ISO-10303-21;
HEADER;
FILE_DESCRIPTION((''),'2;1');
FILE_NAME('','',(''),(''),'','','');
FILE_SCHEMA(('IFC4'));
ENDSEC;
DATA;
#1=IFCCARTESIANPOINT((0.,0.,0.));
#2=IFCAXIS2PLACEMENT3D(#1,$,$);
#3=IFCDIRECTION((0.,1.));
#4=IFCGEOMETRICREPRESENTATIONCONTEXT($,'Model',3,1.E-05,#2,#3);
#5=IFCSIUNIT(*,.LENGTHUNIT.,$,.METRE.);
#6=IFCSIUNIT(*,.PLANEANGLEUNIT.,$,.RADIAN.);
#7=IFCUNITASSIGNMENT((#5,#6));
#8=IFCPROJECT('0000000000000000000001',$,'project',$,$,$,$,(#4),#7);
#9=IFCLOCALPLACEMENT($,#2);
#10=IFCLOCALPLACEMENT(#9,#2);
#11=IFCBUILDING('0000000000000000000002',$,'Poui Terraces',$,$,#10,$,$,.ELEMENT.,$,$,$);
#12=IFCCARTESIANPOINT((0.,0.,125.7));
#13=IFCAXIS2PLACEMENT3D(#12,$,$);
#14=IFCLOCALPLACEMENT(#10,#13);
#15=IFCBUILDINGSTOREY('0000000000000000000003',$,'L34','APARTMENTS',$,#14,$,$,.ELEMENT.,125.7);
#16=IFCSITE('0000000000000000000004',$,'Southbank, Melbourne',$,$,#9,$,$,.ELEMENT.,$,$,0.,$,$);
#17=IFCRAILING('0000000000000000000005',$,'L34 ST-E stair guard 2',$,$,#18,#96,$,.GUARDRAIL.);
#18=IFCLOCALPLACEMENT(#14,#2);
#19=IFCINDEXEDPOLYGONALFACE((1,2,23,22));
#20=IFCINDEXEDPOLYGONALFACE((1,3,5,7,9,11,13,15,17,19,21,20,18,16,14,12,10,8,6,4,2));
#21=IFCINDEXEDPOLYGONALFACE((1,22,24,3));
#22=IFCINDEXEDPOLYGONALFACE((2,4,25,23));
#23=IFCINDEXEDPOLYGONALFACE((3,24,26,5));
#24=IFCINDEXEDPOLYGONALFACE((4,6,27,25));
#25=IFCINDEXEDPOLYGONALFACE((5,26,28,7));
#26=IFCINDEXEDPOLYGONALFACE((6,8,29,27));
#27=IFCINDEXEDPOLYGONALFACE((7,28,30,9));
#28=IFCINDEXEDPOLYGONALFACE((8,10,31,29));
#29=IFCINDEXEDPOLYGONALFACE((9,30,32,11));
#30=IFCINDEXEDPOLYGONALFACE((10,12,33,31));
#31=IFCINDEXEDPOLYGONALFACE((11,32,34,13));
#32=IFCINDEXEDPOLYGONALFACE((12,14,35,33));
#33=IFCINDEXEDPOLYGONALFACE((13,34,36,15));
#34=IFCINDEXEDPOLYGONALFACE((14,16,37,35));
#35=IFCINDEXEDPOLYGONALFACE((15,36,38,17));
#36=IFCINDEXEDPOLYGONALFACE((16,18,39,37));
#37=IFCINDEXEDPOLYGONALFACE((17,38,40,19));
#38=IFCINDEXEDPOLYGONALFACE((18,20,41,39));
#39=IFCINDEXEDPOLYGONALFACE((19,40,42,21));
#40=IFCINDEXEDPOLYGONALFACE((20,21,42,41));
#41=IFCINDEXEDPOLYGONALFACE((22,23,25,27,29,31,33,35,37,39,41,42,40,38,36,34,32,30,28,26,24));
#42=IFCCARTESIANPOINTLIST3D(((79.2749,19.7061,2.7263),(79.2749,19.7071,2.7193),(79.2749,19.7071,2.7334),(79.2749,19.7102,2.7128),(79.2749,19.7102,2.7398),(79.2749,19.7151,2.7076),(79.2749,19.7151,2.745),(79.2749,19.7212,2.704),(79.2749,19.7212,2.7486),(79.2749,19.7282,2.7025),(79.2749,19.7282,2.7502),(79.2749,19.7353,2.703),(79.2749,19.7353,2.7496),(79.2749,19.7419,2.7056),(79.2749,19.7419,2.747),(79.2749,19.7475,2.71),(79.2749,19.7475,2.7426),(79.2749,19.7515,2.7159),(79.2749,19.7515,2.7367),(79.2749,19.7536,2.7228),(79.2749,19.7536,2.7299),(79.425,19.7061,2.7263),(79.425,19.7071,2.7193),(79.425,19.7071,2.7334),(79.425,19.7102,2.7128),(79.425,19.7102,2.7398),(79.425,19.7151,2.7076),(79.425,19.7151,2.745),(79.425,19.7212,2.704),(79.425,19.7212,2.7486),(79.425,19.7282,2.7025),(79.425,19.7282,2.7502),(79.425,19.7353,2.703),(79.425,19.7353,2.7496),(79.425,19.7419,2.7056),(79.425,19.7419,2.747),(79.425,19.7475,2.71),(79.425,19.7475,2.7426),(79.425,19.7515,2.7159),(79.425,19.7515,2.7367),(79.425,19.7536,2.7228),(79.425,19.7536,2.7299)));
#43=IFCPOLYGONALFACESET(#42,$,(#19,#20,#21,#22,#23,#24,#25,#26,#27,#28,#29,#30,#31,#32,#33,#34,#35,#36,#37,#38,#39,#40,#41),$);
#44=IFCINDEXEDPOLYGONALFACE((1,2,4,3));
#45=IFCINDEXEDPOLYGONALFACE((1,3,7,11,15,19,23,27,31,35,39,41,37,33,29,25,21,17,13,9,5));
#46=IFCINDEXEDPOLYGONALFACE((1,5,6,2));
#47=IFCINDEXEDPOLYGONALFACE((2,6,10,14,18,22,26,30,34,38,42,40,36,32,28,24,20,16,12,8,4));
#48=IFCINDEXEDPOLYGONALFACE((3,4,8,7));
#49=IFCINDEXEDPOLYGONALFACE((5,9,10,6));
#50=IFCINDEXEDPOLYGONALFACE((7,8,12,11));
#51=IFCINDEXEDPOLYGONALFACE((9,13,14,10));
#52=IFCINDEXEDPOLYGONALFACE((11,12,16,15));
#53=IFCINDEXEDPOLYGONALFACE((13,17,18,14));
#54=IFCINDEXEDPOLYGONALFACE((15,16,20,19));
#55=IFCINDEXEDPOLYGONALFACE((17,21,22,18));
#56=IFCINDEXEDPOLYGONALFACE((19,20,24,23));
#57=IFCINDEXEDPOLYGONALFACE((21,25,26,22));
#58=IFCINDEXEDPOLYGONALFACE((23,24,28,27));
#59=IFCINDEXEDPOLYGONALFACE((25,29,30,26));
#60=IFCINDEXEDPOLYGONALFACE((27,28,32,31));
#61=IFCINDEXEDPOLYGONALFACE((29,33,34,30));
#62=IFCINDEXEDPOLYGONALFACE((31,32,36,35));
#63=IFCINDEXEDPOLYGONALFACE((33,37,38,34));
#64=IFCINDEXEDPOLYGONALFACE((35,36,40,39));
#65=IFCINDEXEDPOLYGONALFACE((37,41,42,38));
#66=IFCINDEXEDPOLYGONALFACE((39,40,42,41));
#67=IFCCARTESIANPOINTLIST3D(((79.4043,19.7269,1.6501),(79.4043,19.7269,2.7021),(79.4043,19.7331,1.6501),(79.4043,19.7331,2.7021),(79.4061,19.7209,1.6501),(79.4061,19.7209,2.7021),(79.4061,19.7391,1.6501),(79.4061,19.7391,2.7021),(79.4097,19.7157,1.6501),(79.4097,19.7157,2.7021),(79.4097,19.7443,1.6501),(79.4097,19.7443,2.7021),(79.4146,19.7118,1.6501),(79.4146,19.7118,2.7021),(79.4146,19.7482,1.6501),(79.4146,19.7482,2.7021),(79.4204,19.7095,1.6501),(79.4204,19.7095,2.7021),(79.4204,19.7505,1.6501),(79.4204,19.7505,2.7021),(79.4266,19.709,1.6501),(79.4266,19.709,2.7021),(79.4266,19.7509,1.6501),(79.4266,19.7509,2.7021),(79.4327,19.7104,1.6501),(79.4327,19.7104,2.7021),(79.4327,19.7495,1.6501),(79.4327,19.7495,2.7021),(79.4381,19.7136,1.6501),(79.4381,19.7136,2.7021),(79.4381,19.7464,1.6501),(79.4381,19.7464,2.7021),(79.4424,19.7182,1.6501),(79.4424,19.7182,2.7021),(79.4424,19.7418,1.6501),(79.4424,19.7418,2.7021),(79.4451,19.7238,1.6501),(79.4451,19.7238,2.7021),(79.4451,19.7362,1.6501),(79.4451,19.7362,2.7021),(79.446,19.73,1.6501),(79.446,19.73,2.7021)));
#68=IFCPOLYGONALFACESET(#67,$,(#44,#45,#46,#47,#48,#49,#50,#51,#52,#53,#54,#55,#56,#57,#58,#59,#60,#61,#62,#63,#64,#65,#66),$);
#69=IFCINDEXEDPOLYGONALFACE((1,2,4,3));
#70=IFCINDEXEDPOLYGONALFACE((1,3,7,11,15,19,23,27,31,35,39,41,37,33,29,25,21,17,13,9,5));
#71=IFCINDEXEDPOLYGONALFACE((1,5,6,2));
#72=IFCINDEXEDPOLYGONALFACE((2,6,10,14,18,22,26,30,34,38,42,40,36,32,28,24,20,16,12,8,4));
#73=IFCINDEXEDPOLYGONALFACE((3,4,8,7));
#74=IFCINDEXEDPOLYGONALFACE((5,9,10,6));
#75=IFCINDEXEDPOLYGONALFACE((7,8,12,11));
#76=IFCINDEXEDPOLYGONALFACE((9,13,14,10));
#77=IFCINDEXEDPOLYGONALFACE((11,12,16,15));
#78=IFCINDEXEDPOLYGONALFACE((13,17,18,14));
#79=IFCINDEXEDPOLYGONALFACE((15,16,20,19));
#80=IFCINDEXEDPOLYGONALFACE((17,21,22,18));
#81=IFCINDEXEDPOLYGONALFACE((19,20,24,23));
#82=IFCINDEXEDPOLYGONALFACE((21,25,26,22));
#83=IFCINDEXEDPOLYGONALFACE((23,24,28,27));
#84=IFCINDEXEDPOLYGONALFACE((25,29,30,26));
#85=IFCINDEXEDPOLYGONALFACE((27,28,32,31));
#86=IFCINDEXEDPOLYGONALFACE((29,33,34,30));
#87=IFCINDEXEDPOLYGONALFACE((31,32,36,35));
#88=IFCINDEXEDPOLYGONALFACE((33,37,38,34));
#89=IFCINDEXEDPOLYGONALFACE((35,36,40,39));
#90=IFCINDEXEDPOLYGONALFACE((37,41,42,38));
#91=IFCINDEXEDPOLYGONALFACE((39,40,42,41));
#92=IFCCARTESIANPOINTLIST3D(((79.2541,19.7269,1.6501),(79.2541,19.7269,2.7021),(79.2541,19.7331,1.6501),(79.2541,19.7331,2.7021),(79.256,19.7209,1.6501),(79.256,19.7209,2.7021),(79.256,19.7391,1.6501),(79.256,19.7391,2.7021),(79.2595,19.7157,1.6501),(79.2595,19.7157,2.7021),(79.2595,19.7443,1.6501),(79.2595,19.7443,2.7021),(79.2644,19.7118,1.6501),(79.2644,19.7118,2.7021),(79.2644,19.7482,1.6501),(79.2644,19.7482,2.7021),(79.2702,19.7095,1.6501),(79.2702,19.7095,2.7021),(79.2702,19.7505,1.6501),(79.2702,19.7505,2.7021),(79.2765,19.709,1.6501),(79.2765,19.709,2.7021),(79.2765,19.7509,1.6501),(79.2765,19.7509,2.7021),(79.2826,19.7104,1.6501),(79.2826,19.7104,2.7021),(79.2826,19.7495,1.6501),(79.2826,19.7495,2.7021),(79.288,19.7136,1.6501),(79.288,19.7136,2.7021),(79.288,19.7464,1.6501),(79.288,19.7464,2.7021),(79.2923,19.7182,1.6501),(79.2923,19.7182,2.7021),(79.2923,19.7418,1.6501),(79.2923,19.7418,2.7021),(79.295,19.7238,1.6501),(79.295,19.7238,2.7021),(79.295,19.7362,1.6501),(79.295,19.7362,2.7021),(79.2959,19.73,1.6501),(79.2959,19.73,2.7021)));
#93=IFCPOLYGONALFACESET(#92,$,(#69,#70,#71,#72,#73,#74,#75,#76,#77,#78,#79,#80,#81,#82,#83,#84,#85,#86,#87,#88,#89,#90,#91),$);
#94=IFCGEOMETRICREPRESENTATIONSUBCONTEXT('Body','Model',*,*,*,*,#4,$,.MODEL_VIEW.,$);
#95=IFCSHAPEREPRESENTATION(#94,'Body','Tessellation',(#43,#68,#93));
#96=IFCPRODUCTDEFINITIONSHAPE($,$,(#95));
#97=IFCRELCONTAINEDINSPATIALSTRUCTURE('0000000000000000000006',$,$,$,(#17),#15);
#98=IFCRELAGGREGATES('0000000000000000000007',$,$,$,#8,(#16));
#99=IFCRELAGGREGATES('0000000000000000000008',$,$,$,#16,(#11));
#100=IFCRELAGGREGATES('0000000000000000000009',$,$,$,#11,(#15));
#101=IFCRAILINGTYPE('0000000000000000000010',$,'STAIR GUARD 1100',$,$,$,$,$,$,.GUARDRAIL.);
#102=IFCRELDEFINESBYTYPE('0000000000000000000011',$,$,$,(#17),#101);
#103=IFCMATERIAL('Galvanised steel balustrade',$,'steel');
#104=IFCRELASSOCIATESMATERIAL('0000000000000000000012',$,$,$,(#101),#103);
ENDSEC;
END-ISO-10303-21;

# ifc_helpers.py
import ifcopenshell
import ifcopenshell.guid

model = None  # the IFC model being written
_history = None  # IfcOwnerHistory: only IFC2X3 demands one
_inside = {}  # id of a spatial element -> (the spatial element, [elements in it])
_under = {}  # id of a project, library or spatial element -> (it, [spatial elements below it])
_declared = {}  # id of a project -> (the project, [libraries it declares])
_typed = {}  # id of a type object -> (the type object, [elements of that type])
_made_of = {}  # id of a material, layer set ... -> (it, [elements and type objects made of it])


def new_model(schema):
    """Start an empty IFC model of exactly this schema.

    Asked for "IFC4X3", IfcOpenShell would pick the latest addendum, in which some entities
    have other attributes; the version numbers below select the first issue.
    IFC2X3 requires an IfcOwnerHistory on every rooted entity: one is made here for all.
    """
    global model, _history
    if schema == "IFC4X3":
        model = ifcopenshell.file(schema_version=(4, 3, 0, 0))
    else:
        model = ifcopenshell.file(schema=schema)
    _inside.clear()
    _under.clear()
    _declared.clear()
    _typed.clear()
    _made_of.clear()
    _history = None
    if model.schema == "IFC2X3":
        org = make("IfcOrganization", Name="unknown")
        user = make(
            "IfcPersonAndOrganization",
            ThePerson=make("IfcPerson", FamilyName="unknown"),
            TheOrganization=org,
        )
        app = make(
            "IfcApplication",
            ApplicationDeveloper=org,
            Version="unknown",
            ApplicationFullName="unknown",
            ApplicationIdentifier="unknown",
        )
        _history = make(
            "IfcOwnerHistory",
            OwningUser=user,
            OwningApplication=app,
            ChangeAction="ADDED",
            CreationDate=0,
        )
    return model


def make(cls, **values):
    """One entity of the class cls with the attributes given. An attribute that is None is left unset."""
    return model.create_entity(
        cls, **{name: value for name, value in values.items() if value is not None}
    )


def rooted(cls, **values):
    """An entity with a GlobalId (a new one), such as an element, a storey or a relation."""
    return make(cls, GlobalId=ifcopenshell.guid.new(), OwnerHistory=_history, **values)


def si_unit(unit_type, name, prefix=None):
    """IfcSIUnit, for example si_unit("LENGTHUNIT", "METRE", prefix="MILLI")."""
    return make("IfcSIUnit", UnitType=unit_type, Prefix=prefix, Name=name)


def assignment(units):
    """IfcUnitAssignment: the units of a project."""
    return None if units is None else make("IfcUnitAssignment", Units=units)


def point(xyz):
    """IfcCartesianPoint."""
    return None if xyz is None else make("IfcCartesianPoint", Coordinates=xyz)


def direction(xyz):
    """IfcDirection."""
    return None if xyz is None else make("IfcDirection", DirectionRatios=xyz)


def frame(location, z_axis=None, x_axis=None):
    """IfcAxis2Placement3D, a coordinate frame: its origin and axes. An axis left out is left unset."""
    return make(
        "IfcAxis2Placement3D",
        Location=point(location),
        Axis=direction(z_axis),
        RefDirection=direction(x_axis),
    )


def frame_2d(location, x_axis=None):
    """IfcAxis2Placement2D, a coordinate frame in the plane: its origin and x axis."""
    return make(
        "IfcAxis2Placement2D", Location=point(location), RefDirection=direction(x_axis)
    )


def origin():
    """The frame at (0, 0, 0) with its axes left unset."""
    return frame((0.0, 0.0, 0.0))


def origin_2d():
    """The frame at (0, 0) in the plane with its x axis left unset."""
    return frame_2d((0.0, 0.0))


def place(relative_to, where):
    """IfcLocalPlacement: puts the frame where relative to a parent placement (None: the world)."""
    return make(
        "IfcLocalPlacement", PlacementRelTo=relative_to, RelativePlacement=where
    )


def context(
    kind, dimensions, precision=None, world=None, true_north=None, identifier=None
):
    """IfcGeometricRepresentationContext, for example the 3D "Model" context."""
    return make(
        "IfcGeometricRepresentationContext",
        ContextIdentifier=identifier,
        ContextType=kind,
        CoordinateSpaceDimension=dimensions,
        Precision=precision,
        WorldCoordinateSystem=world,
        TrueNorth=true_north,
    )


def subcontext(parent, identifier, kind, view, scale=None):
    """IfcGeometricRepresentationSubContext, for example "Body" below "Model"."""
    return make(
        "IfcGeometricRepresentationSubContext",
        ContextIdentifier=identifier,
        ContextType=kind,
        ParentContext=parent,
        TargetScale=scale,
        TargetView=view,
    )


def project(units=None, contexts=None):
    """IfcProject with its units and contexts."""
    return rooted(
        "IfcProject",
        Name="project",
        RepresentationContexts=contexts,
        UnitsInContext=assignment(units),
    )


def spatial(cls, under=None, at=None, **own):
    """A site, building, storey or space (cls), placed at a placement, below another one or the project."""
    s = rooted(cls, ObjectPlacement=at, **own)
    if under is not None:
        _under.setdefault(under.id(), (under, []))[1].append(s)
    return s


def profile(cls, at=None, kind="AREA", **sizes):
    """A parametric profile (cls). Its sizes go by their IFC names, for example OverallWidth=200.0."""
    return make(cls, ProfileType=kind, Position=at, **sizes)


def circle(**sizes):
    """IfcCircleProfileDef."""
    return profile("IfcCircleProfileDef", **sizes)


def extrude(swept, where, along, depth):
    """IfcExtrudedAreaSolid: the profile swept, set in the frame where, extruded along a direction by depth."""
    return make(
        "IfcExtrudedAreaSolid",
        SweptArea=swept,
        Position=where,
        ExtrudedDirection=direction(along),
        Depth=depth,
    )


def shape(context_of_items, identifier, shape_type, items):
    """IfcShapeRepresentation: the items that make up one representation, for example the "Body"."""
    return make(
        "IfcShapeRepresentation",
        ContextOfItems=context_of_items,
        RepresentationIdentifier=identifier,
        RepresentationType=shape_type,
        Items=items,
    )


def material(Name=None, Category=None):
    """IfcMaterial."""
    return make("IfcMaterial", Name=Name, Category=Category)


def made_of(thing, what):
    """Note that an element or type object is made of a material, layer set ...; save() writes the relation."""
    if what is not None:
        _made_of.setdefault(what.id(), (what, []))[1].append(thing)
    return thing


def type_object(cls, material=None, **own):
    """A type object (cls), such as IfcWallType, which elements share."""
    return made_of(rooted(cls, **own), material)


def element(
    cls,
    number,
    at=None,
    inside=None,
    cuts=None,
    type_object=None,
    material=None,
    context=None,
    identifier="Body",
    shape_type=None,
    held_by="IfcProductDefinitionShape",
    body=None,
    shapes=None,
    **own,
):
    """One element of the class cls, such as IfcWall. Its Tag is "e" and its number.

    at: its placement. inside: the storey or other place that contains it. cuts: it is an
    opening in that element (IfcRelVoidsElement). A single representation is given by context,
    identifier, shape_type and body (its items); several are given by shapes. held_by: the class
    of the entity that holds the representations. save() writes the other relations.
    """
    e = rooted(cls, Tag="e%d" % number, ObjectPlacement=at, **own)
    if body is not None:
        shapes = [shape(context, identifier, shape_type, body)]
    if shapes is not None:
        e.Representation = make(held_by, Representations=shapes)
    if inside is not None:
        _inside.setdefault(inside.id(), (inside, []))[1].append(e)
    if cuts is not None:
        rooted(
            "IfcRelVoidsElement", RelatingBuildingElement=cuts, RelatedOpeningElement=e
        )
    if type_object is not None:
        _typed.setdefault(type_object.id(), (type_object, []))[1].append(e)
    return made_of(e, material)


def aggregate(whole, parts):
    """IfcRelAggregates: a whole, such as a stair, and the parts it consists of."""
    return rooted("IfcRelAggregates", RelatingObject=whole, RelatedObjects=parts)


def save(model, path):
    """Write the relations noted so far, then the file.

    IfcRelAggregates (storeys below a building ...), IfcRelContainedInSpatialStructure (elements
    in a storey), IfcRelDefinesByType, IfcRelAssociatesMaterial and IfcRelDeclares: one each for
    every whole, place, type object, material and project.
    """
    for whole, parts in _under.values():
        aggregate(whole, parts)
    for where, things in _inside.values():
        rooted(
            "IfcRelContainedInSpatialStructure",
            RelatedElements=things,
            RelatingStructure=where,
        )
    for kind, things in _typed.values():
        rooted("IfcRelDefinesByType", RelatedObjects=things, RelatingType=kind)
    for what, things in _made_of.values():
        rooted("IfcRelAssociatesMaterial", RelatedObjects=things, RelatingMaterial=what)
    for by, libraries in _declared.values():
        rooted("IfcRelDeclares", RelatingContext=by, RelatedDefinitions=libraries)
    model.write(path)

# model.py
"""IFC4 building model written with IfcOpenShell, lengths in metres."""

from ifc_helpers import new_model, si_unit, direction, frame, origin, origin_2d, place, context, subcontext, project, spatial, circle, extrude, material, type_object, element, save


model = new_model("IFC4")

# Units and contexts
model_context = context("Model", 3, precision=1e-05, world=origin(), true_north=direction((0.0, 1.0)))
body_context = subcontext(model_context, "Body", "Model", "MODEL_VIEW")
ifc_project = project(units=[si_unit("LENGTHUNIT", "METRE"), si_unit("PLANEANGLEUNIT", "RADIAN")], contexts=[model_context])

# Site, building, storey
site_placement = place(None, origin())
site = spatial("IfcSite", under=ifc_project, at=site_placement, Name="Southbank, Melbourne", CompositionType="ELEMENT", RefElevation=0.0)
building_placement = place(site_placement, origin())
building = spatial("IfcBuilding", under=site, at=building_placement, Name="Poui Terraces", CompositionType="ELEMENT")
storey_placement = place(building_placement, frame((0.0, 0.0, 125.7)))
storey = spatial("IfcBuildingStorey", under=building, at=storey_placement, Name="L34", Description="APARTMENTS", CompositionType="ELEMENT", Elevation=125.7)

# Railing
ifc_material_1 = material(Name="Galvanised steel balustrade", Category="steel")
railing_type_1 = type_object("IfcRailingType", Name="STAIR GUARD 1100", PredefinedType="GUARDRAIL", material=ifc_material_1)
railing_1_placement = place(storey_placement, frame((79.425, 19.73, 1.6501)))
element("IfcRailing", 1, at=railing_1_placement, inside=storey, type_object=railing_type_1, Name="L34 ST-E stair guard 2", PredefinedType="GUARDRAIL", context=body_context, shape_type="SweptSolid", body=[
    extrude(circle(Radius=0.0239, at=origin_2d()), frame((0.0, 0.0, 1.0762), z_axis=(-1.0, 0.0, 0.0), x_axis=(0.0, -1.0, 0.0)), (0.0, 0.0, 1.0), 0.1501),
    extrude(circle(Radius=0.021, at=origin_2d()), origin(), (0.0, 0.0, 1.0), 1.052),
    extrude(circle(Radius=0.021, at=origin_2d()), frame((-0.1501, 0.0, 0.0)), (0.0, 0.0, 1.0), 1.052),
])

save(model, "model.ifc")
